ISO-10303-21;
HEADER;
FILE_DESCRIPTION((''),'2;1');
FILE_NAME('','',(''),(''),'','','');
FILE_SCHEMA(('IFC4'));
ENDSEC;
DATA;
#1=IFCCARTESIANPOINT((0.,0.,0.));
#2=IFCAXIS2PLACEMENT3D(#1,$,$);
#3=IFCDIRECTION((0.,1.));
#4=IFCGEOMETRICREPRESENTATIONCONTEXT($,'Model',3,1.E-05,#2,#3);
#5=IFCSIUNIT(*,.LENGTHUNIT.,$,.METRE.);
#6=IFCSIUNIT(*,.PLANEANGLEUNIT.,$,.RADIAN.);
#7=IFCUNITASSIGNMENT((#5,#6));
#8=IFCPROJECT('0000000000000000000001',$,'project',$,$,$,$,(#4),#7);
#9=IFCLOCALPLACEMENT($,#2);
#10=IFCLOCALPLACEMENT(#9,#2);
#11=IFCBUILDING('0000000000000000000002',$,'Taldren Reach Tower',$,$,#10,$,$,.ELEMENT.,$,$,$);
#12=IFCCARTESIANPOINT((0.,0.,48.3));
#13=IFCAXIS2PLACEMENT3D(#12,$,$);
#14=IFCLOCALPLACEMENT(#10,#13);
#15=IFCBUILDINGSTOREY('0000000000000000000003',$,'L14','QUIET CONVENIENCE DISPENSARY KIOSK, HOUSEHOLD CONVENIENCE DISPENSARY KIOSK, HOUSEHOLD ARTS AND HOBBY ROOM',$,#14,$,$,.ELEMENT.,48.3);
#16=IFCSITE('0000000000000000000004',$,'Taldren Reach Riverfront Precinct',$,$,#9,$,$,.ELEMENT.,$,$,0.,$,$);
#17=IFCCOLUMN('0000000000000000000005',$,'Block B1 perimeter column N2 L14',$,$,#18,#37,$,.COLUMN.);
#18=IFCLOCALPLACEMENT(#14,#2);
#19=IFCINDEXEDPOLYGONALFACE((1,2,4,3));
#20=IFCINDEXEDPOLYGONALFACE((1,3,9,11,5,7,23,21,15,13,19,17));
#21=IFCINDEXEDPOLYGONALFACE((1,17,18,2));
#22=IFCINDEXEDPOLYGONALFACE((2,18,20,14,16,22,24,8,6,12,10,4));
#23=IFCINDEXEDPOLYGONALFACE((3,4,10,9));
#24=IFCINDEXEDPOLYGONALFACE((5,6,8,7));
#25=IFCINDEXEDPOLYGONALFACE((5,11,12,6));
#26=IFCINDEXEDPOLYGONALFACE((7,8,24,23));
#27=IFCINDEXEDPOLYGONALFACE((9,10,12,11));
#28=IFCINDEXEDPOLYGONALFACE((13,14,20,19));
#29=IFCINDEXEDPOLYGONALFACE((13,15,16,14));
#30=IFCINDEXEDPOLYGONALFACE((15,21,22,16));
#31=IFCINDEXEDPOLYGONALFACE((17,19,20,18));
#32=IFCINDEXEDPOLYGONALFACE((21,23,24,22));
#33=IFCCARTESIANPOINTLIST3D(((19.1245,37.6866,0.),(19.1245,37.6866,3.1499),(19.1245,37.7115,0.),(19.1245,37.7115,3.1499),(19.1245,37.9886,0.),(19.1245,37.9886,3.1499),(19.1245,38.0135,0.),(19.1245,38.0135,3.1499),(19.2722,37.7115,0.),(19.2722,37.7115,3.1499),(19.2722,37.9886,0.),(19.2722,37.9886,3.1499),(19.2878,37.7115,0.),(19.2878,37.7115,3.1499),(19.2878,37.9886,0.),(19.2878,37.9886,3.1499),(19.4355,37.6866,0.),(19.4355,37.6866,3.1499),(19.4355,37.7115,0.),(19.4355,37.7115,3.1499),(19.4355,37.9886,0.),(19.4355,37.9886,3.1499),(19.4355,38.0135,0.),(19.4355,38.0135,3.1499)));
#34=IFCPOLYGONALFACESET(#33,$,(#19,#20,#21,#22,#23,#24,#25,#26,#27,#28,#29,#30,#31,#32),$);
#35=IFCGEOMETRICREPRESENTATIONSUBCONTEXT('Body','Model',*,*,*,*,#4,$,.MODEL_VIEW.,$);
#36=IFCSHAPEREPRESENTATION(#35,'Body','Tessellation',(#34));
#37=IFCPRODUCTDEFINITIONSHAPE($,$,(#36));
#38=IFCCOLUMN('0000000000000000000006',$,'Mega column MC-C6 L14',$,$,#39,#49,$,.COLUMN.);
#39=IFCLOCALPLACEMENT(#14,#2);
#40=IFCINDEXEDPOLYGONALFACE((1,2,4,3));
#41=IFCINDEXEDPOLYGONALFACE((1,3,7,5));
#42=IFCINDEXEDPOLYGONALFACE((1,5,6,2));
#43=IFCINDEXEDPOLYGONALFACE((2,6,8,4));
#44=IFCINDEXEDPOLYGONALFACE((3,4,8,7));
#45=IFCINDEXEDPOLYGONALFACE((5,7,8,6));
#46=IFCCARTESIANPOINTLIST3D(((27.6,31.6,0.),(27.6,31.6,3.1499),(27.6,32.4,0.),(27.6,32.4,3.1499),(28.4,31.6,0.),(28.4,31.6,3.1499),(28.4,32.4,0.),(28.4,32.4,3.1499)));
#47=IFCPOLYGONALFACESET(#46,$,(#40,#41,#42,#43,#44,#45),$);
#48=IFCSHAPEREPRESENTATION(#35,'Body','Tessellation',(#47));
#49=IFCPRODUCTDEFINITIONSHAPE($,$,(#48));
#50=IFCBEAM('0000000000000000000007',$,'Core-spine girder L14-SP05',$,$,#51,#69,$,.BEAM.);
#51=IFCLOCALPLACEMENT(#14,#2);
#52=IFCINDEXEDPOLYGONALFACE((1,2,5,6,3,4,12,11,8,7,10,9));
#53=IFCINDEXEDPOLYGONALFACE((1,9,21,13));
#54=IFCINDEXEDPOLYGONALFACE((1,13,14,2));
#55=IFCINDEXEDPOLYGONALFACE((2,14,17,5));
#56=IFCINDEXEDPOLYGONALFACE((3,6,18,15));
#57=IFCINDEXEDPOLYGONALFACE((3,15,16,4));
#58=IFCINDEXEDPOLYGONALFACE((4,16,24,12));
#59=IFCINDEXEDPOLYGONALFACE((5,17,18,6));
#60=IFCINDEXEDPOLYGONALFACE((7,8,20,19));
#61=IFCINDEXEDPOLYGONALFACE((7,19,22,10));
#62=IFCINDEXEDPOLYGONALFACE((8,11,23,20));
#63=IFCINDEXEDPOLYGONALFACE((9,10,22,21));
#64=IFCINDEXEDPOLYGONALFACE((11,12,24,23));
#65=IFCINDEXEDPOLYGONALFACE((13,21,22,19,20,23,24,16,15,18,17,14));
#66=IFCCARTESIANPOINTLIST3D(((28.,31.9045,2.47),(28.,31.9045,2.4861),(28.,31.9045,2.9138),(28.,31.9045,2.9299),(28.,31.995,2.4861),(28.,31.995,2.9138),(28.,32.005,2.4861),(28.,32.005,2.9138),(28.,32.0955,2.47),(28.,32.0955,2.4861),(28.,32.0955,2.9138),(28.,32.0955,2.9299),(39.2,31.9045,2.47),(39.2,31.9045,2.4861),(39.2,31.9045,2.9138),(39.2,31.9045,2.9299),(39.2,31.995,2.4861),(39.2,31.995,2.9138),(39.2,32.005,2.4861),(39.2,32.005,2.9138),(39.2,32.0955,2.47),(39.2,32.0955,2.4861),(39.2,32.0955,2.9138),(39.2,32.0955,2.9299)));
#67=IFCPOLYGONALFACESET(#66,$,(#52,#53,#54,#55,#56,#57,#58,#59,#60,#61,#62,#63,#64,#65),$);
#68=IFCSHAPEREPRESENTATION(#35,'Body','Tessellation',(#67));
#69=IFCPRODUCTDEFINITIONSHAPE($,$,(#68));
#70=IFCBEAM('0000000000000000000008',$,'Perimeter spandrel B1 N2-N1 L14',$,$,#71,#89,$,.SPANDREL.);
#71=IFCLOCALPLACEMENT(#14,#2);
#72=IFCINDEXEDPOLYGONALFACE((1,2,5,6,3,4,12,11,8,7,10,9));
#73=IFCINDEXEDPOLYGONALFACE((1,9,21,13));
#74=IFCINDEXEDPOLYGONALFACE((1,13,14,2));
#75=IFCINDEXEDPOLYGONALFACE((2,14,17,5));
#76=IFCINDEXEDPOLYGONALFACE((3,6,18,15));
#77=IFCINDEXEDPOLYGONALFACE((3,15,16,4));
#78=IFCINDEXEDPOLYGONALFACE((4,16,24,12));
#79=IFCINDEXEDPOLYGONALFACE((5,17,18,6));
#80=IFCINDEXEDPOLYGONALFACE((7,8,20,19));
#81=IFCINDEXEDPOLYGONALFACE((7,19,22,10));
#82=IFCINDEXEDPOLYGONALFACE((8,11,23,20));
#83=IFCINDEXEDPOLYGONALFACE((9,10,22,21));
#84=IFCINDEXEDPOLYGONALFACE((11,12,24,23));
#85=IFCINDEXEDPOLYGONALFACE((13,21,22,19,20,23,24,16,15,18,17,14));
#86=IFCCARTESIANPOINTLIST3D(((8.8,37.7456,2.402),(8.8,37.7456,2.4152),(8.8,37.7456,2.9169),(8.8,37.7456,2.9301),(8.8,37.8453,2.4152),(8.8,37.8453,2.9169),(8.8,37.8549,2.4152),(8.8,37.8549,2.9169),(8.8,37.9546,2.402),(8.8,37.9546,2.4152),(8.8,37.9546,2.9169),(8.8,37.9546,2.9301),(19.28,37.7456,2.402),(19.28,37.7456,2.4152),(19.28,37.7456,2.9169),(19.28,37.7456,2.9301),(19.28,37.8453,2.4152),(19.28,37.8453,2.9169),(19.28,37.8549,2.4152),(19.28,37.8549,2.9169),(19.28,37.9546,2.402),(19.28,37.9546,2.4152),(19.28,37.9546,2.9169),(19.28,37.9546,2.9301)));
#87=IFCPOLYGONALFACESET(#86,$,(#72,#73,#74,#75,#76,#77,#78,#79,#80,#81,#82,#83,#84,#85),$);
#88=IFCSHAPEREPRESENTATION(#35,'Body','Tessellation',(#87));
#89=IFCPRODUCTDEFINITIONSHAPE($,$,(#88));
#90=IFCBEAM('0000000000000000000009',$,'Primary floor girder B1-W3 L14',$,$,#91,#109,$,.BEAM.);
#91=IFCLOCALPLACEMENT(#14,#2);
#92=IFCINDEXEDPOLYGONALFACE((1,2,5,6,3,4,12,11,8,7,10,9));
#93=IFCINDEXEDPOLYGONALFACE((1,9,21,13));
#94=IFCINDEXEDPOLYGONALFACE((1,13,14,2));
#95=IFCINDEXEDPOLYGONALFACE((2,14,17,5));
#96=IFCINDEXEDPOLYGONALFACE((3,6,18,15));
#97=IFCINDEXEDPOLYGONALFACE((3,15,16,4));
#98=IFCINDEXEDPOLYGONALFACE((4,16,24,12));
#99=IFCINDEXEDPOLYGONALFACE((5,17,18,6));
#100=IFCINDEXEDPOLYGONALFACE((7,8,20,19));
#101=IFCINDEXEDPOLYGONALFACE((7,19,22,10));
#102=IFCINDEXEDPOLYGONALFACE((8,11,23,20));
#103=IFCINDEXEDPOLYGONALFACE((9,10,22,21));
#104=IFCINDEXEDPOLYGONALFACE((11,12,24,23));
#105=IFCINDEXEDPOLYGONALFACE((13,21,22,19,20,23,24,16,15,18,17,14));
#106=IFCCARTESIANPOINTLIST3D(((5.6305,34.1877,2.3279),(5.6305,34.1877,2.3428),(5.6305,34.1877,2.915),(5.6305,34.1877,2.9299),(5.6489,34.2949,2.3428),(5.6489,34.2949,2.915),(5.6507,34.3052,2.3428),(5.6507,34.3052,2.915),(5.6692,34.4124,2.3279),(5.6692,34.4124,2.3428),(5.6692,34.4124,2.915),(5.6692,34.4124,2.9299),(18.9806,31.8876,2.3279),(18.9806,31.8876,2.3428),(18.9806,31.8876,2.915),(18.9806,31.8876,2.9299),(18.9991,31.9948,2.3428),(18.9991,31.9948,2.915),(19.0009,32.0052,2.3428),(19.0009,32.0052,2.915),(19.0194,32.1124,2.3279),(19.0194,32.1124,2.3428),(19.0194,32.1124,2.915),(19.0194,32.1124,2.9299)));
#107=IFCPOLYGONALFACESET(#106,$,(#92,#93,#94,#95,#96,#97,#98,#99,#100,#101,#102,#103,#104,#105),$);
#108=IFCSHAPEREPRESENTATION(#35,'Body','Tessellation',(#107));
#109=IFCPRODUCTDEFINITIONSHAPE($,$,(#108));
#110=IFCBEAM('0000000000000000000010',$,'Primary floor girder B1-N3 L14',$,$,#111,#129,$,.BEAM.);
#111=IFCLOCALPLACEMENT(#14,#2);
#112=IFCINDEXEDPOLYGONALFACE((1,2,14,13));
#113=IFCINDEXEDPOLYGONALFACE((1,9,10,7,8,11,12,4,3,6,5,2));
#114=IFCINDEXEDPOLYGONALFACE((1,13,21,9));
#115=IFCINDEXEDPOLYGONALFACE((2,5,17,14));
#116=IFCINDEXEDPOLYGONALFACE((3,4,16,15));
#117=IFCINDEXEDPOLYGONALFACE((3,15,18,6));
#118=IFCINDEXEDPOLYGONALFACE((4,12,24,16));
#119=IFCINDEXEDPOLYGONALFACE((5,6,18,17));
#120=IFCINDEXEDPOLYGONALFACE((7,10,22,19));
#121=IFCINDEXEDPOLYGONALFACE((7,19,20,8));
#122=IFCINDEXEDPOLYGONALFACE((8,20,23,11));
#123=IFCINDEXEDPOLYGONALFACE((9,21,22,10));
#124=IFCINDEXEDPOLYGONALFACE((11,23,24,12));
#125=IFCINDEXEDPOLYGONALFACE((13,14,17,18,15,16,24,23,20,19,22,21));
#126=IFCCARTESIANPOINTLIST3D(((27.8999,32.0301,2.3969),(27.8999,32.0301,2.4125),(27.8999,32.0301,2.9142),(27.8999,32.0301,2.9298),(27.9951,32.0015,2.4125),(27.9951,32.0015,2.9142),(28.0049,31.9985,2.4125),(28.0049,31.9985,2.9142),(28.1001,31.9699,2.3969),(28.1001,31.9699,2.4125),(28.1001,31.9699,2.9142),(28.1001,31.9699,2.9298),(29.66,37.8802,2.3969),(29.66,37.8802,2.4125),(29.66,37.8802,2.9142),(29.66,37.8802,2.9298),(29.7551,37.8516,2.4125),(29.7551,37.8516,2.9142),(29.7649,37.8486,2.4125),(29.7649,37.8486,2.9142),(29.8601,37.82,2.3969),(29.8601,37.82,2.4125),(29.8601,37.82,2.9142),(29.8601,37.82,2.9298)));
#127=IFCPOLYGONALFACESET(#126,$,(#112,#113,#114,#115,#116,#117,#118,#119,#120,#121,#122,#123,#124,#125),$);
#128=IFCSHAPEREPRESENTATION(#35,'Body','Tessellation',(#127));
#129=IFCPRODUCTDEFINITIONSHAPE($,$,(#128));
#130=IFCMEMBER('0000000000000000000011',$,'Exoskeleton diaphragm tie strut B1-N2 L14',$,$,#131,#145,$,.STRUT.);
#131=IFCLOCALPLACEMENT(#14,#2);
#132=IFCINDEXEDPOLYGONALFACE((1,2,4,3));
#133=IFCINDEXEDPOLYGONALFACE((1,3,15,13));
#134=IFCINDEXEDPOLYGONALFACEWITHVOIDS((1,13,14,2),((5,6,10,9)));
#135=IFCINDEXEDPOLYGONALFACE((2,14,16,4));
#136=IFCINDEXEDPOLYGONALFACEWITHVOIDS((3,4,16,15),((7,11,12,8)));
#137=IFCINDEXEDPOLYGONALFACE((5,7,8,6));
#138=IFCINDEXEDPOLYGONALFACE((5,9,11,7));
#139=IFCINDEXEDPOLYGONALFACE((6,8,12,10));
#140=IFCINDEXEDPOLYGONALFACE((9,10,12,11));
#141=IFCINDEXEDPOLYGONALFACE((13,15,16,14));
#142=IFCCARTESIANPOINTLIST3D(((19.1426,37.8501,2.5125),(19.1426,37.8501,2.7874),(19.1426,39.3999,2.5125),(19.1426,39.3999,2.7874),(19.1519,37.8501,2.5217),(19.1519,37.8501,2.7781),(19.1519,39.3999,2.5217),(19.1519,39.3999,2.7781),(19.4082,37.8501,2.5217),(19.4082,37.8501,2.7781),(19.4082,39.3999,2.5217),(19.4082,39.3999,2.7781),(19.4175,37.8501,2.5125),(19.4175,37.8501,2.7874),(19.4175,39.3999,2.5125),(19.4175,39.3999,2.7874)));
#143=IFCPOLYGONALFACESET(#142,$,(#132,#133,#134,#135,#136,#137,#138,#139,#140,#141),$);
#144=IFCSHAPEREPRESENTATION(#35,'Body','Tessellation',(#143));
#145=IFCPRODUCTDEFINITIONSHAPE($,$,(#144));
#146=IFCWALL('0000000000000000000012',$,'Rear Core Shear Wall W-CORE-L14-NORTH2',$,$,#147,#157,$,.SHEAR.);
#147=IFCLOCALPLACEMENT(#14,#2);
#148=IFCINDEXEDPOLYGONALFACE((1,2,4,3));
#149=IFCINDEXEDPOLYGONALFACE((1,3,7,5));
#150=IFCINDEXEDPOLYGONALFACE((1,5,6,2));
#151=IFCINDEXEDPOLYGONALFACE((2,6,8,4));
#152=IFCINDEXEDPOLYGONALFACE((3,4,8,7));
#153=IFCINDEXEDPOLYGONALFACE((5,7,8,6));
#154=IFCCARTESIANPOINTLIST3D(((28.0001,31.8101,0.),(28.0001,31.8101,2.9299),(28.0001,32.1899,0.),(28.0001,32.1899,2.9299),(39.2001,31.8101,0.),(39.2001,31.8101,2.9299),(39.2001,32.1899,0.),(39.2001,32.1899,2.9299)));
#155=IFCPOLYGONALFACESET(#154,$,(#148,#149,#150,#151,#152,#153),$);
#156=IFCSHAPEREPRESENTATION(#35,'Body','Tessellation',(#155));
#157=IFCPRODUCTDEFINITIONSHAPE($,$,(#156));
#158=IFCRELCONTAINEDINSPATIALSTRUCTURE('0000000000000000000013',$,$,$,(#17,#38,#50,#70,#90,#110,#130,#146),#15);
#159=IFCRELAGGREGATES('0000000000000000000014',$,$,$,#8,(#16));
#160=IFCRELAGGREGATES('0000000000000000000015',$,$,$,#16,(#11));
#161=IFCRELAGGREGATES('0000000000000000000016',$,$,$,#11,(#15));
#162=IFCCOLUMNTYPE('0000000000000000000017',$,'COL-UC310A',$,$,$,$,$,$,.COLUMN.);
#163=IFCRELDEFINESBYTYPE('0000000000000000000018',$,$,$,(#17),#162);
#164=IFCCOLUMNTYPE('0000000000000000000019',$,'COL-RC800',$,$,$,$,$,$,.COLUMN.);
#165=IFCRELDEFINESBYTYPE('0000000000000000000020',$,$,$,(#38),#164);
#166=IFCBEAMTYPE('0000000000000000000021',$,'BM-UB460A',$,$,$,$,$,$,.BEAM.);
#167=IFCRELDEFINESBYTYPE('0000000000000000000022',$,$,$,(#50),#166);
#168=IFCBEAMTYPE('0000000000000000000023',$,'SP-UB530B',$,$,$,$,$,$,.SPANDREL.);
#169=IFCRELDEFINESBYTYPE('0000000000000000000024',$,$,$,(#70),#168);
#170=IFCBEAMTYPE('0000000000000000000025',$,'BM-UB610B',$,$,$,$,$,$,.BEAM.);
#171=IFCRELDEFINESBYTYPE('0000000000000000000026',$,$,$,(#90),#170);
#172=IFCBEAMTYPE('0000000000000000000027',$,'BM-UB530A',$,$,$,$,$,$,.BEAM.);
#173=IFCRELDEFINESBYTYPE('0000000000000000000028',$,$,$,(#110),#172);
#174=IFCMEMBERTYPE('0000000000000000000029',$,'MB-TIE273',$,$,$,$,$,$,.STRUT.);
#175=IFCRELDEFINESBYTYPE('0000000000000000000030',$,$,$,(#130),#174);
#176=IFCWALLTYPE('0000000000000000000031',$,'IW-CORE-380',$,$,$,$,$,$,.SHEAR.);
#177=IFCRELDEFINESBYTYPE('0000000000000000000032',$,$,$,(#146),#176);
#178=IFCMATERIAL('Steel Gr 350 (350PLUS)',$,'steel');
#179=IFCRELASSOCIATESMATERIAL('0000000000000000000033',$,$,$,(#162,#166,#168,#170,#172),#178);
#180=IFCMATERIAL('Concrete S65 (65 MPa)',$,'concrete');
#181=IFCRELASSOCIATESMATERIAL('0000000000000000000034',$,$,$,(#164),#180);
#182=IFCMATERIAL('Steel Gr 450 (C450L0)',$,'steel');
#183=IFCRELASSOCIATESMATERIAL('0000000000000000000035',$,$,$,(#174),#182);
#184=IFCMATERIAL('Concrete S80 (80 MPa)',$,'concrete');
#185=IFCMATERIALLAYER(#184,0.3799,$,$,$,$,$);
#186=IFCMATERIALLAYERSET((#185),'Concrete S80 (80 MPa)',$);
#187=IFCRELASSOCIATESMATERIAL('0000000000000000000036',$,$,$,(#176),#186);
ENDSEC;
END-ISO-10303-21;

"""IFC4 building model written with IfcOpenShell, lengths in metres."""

from ifc_helpers import new_model, si_unit, direction, frame, frame_2d, origin, origin_2d, place, context, subcontext, project, spatial, rectangle, hollow_rectangle, i_section, extrude, source, transform, mapped, material, layer, layer_set, material_profile, profile_set, type_object, element, save


model = new_model("IFC4")

# Units and contexts
model_context = context("Model", 3, precision=1e-05, world=origin(), true_north=direction((0.0, 1.0)))
body_context = subcontext(model_context, "Body", "Model", "MODEL_VIEW")
ifc_project = project(units=[si_unit("LENGTHUNIT", "METRE"), si_unit("PLANEANGLEUNIT", "RADIAN")], contexts=[model_context])

# Site, building, storey
site_placement = place(None, origin())
site = spatial("IfcSite", under=ifc_project, at=site_placement, Name="Taldren Reach Riverfront Precinct", CompositionType="ELEMENT", RefElevation=0.0)
building_placement = place(site_placement, origin())
building = spatial("IfcBuilding", under=site, at=building_placement, Name="Taldren Reach Tower", CompositionType="ELEMENT")
storey_placement = place(building_placement, frame((0.0, 0.0, 48.3)))
storey = spatial("IfcBuildingStorey", under=building, at=storey_placement, Name="L14", Description="QUIET CONVENIENCE DISPENSARY KIOSK, HOUSEHOLD CONVENIENCE DISPENSARY KIOSK, HOUSEHOLD ARTS AND HOBBY ROOM", CompositionType="ELEMENT", Elevation=48.3)

# Columns
ifc_material_1 = material(Name="Steel Gr 350 (350PLUS)", Category="steel")
ifc_material_profile_1 = material_profile(ifc_material_1, i_section(OverallWidth=0.311, OverallDepth=0.3269, WebThickness=0.0156, FlangeThickness=0.0249, at=origin_2d()), Name="310UC158")
ifc_profile_set_1 = profile_set([ifc_material_profile_1], Name="Steel Gr 350 (350PLUS)")
column_type_1 = type_object("IfcColumnType", Name="COL-UC310A", PredefinedType="COLUMN", material=ifc_profile_set_1)
shared_shape_1 = source(origin(), body_context, "Body", "SweptSolid", [
    extrude(i_section(OverallWidth=0.311, OverallDepth=0.3269, WebThickness=0.0156, FlangeThickness=0.0249, at=origin_2d()), origin(), (0.0, 0.0, 1.0), 3.1499),
])
column_1_placement = place(storey_placement, frame((19.28, 37.8501, 0.0), z_axis=(0.0, 0.0, 1.0), x_axis=(1.0, 0.0, 0.0)))
element("IfcColumn", 1, at=column_1_placement, inside=storey, type_object=column_type_1, Name="Block B1 perimeter column N2 L14", PredefinedType="COLUMN", context=body_context, shape_type="MappedRepresentation", body=[
    mapped(shared_shape_1, transform((0.0, 0.0, 0.0), scale=1.0)),
])
ifc_material_2 = material(Name="Concrete S65 (65 MPa)", Category="concrete")
ifc_material_profile_2 = material_profile(ifc_material_2, rectangle(XDim=0.8, YDim=0.8, at=origin_2d()), Name="RC-800x800")
ifc_profile_set_2 = profile_set([ifc_material_profile_2], Name="Concrete S65 (65 MPa)")
column_type_2 = type_object("IfcColumnType", Name="COL-RC800", PredefinedType="COLUMN", material=ifc_profile_set_2)
shared_shape_2 = source(origin(), body_context, "Body", "SweptSolid", [
    extrude(rectangle(XDim=0.8, YDim=0.8, at=origin_2d()), origin(), (0.0, 0.0, 1.0), 3.1499),
])
column_2_placement = place(storey_placement, frame((28.0, 32.0, 0.0), z_axis=(0.0, 0.0, 1.0), x_axis=(1.0, 0.0, 0.0)))
element("IfcColumn", 2, at=column_2_placement, inside=storey, type_object=column_type_2, Name="Mega column MC-C6 L14", PredefinedType="COLUMN", context=body_context, shape_type="MappedRepresentation", body=[
    mapped(shared_shape_2, transform((0.0, 0.0, 0.0), scale=1.0)),
])

# Beams
ifc_material_profile_3 = material_profile(ifc_material_1, i_section(OverallWidth=0.1909, OverallDepth=0.46, WebThickness=0.01, FlangeThickness=0.0161, at=origin_2d()), Name="460UB82.1")
ifc_profile_set_3 = profile_set([ifc_material_profile_3], Name="Steel Gr 350 (350PLUS)")
beam_type_1 = type_object("IfcBeamType", Name="BM-UB460A", PredefinedType="BEAM", material=ifc_profile_set_3)
shared_shape_3 = source(origin(), body_context, "Body", "SweptSolid", [
    extrude(i_section(OverallWidth=0.1909, OverallDepth=0.46, WebThickness=0.01, FlangeThickness=0.0161, at=origin_2d()), origin(), (0.0, 0.0, 1.0), 11.2),
])
beam_1_placement = place(storey_placement, frame((28.0, 32.0, 2.7), z_axis=(1.0, 0.0, 0.0), x_axis=(0.0, 1.0, 0.0)))
element("IfcBeam", 3, at=beam_1_placement, inside=storey, type_object=beam_type_1, Name="Core-spine girder L14-SP05", PredefinedType="BEAM", context=body_context, shape_type="MappedRepresentation", body=[
    mapped(shared_shape_3, transform((0.0, 0.0, 0.0), scale=1.0)),
])
ifc_material_profile_4 = material_profile(ifc_material_1, i_section(OverallWidth=0.209, OverallDepth=0.5281, WebThickness=0.0095, FlangeThickness=0.0132, at=origin_2d()), Name="530UB82.0")
ifc_profile_set_4 = profile_set([ifc_material_profile_4], Name="Steel Gr 350 (350PLUS)")
beam_type_2 = type_object("IfcBeamType", Name="SP-UB530B", PredefinedType="SPANDREL", material=ifc_profile_set_4)
shared_shape_4 = source(origin(), body_context, "Body", "SweptSolid", [
    extrude(i_section(OverallWidth=0.209, OverallDepth=0.5281, WebThickness=0.0095, FlangeThickness=0.0132, at=origin_2d()), origin(), (0.0, 0.0, 1.0), 10.48),
])
beam_2_placement = place(storey_placement, frame((19.28, 37.8501, 2.666), z_axis=(-1.0, 0.0, 0.0), x_axis=(0.0, -1.0, 0.0)))
element("IfcBeam", 4, at=beam_2_placement, inside=storey, type_object=beam_type_2, Name="Perimeter spandrel B1 N2-N1 L14", PredefinedType="SPANDREL", context=body_context, shape_type="MappedRepresentation", body=[
    mapped(shared_shape_4, transform((0.0, 0.0, 0.0), scale=1.0)),
])
ifc_material_profile_5 = material_profile(ifc_material_1, i_section(OverallWidth=0.228, OverallDepth=0.6021, WebThickness=0.0105, FlangeThickness=0.0149, at=origin_2d()), Name="610UB101")
ifc_profile_set_5 = profile_set([ifc_material_profile_5], Name="Steel Gr 350 (350PLUS)")
beam_type_3 = type_object("IfcBeamType", Name="BM-UB610B", PredefinedType="BEAM", material=ifc_profile_set_5)
shared_shape_5 = source(origin(), body_context, "Body", "SweptSolid", [
    extrude(i_section(OverallWidth=0.228, OverallDepth=0.6021, WebThickness=0.0105, FlangeThickness=0.0149, at=origin_2d()), origin(), (0.0, 0.0, 1.0), 13.5469),
])
beam_3_placement = place(storey_placement, frame((19.0, 32.0, 2.6289), z_axis=(-0.985481, 0.169786, 0.0), x_axis=(-0.169786, -0.985481, 0.0)))
element("IfcBeam", 5, at=beam_3_placement, inside=storey, type_object=beam_type_3, Name="Primary floor girder B1-W3 L14", PredefinedType="BEAM", context=body_context, shape_type="MappedRepresentation", body=[
    mapped(shared_shape_5, transform((0.0, 0.0, 0.0), scale=1.0)),
])
ifc_material_profile_6 = material_profile(ifc_material_1, i_section(OverallWidth=0.209, OverallDepth=0.533, WebThickness=0.0103, FlangeThickness=0.0156, at=origin_2d()), Name="530UB92.4")
ifc_profile_set_6 = profile_set([ifc_material_profile_6], Name="Steel Gr 350 (350PLUS)")
beam_type_4 = type_object("IfcBeamType", Name="BM-UB530A", PredefinedType="BEAM", material=ifc_profile_set_6)
shared_shape_6 = source(origin(), body_context, "Body", "SweptSolid", [
    extrude(i_section(OverallWidth=0.209, OverallDepth=0.533, WebThickness=0.0103, FlangeThickness=0.0156, at=origin_2d()), origin(), (0.0, 0.0, 1.0), 6.1091),
])
beam_4_placement = place(storey_placement, frame((28.0, 32.0, 2.6633), z_axis=(0.288096, 0.957602, 0.0), x_axis=(-0.957602, 0.288096, 0.0)))
element("IfcBeam", 6, at=beam_4_placement, inside=storey, type_object=beam_type_4, Name="Primary floor girder B1-N3 L14", PredefinedType="BEAM", context=body_context, shape_type="MappedRepresentation", body=[
    mapped(shared_shape_6, transform((0.0, 0.0, 0.0), scale=1.0)),
])

# Member
ifc_material_3 = material(Name="Steel Gr 450 (C450L0)", Category="steel")
ifc_material_profile_7 = material_profile(ifc_material_3, hollow_rectangle(XDim=0.2749, YDim=0.2749, WallThickness=0.0093, at=origin_2d()), Name="275x275x9.3SHS")
ifc_profile_set_7 = profile_set([ifc_material_profile_7], Name="Steel Gr 450 (C450L0)")
member_type = type_object("IfcMemberType", Name="MB-TIE273", PredefinedType="STRUT", material=ifc_profile_set_7)
shared_shape_7 = source(origin(), body_context, "Body", "SweptSolid", [
    extrude(hollow_rectangle(XDim=0.2749, YDim=0.2749, WallThickness=0.0093, at=origin_2d()), origin(), (0.0, 0.0, 1.0), 1.5498),
])
member_placement = place(storey_placement, frame((19.28, 37.8501, 2.6499), z_axis=(0.0, 1.0, 0.0), x_axis=(-1.0, 0.0, 0.0)))
element("IfcMember", 7, at=member_placement, inside=storey, type_object=member_type, Name="Exoskeleton diaphragm tie strut B1-N2 L14", PredefinedType="STRUT", context=body_context, shape_type="MappedRepresentation", body=[
    mapped(shared_shape_7, transform((0.0, 0.0, 0.0), scale=1.0)),
])

# Wall
ifc_material_4 = material(Name="Concrete S80 (80 MPa)", Category="concrete")
ifc_layer_1 = layer(ifc_material_4, 0.3799)
ifc_layer_set_1 = layer_set([ifc_layer_1], Name="Concrete S80 (80 MPa)")
wall_type = type_object("IfcWallType", Name="IW-CORE-380", PredefinedType="SHEAR", material=ifc_layer_set_1)
shared_shape_8 = source(origin(), body_context, "Body", "SweptSolid", [
    extrude(rectangle(XDim=11.2, YDim=0.3799, at=frame_2d((5.6001, 0.0))), origin(), (0.0, 0.0, 1.0), 2.9299),
])
wall_1_placement = place(storey_placement, frame((28.0, 32.0, 0.0), z_axis=(0.0, 0.0, 1.0), x_axis=(1.0, 0.0, 0.0)))
element("IfcWall", 8, at=wall_1_placement, inside=storey, type_object=wall_type, Name="Rear Core Shear Wall W-CORE-L14-NORTH2", PredefinedType="SHEAR", context=body_context, shape_type="MappedRepresentation", body=[
    mapped(shared_shape_8, transform((0.0, 0.0, 0.0), scale=1.0)),
])

save(model, "model.ifc")
